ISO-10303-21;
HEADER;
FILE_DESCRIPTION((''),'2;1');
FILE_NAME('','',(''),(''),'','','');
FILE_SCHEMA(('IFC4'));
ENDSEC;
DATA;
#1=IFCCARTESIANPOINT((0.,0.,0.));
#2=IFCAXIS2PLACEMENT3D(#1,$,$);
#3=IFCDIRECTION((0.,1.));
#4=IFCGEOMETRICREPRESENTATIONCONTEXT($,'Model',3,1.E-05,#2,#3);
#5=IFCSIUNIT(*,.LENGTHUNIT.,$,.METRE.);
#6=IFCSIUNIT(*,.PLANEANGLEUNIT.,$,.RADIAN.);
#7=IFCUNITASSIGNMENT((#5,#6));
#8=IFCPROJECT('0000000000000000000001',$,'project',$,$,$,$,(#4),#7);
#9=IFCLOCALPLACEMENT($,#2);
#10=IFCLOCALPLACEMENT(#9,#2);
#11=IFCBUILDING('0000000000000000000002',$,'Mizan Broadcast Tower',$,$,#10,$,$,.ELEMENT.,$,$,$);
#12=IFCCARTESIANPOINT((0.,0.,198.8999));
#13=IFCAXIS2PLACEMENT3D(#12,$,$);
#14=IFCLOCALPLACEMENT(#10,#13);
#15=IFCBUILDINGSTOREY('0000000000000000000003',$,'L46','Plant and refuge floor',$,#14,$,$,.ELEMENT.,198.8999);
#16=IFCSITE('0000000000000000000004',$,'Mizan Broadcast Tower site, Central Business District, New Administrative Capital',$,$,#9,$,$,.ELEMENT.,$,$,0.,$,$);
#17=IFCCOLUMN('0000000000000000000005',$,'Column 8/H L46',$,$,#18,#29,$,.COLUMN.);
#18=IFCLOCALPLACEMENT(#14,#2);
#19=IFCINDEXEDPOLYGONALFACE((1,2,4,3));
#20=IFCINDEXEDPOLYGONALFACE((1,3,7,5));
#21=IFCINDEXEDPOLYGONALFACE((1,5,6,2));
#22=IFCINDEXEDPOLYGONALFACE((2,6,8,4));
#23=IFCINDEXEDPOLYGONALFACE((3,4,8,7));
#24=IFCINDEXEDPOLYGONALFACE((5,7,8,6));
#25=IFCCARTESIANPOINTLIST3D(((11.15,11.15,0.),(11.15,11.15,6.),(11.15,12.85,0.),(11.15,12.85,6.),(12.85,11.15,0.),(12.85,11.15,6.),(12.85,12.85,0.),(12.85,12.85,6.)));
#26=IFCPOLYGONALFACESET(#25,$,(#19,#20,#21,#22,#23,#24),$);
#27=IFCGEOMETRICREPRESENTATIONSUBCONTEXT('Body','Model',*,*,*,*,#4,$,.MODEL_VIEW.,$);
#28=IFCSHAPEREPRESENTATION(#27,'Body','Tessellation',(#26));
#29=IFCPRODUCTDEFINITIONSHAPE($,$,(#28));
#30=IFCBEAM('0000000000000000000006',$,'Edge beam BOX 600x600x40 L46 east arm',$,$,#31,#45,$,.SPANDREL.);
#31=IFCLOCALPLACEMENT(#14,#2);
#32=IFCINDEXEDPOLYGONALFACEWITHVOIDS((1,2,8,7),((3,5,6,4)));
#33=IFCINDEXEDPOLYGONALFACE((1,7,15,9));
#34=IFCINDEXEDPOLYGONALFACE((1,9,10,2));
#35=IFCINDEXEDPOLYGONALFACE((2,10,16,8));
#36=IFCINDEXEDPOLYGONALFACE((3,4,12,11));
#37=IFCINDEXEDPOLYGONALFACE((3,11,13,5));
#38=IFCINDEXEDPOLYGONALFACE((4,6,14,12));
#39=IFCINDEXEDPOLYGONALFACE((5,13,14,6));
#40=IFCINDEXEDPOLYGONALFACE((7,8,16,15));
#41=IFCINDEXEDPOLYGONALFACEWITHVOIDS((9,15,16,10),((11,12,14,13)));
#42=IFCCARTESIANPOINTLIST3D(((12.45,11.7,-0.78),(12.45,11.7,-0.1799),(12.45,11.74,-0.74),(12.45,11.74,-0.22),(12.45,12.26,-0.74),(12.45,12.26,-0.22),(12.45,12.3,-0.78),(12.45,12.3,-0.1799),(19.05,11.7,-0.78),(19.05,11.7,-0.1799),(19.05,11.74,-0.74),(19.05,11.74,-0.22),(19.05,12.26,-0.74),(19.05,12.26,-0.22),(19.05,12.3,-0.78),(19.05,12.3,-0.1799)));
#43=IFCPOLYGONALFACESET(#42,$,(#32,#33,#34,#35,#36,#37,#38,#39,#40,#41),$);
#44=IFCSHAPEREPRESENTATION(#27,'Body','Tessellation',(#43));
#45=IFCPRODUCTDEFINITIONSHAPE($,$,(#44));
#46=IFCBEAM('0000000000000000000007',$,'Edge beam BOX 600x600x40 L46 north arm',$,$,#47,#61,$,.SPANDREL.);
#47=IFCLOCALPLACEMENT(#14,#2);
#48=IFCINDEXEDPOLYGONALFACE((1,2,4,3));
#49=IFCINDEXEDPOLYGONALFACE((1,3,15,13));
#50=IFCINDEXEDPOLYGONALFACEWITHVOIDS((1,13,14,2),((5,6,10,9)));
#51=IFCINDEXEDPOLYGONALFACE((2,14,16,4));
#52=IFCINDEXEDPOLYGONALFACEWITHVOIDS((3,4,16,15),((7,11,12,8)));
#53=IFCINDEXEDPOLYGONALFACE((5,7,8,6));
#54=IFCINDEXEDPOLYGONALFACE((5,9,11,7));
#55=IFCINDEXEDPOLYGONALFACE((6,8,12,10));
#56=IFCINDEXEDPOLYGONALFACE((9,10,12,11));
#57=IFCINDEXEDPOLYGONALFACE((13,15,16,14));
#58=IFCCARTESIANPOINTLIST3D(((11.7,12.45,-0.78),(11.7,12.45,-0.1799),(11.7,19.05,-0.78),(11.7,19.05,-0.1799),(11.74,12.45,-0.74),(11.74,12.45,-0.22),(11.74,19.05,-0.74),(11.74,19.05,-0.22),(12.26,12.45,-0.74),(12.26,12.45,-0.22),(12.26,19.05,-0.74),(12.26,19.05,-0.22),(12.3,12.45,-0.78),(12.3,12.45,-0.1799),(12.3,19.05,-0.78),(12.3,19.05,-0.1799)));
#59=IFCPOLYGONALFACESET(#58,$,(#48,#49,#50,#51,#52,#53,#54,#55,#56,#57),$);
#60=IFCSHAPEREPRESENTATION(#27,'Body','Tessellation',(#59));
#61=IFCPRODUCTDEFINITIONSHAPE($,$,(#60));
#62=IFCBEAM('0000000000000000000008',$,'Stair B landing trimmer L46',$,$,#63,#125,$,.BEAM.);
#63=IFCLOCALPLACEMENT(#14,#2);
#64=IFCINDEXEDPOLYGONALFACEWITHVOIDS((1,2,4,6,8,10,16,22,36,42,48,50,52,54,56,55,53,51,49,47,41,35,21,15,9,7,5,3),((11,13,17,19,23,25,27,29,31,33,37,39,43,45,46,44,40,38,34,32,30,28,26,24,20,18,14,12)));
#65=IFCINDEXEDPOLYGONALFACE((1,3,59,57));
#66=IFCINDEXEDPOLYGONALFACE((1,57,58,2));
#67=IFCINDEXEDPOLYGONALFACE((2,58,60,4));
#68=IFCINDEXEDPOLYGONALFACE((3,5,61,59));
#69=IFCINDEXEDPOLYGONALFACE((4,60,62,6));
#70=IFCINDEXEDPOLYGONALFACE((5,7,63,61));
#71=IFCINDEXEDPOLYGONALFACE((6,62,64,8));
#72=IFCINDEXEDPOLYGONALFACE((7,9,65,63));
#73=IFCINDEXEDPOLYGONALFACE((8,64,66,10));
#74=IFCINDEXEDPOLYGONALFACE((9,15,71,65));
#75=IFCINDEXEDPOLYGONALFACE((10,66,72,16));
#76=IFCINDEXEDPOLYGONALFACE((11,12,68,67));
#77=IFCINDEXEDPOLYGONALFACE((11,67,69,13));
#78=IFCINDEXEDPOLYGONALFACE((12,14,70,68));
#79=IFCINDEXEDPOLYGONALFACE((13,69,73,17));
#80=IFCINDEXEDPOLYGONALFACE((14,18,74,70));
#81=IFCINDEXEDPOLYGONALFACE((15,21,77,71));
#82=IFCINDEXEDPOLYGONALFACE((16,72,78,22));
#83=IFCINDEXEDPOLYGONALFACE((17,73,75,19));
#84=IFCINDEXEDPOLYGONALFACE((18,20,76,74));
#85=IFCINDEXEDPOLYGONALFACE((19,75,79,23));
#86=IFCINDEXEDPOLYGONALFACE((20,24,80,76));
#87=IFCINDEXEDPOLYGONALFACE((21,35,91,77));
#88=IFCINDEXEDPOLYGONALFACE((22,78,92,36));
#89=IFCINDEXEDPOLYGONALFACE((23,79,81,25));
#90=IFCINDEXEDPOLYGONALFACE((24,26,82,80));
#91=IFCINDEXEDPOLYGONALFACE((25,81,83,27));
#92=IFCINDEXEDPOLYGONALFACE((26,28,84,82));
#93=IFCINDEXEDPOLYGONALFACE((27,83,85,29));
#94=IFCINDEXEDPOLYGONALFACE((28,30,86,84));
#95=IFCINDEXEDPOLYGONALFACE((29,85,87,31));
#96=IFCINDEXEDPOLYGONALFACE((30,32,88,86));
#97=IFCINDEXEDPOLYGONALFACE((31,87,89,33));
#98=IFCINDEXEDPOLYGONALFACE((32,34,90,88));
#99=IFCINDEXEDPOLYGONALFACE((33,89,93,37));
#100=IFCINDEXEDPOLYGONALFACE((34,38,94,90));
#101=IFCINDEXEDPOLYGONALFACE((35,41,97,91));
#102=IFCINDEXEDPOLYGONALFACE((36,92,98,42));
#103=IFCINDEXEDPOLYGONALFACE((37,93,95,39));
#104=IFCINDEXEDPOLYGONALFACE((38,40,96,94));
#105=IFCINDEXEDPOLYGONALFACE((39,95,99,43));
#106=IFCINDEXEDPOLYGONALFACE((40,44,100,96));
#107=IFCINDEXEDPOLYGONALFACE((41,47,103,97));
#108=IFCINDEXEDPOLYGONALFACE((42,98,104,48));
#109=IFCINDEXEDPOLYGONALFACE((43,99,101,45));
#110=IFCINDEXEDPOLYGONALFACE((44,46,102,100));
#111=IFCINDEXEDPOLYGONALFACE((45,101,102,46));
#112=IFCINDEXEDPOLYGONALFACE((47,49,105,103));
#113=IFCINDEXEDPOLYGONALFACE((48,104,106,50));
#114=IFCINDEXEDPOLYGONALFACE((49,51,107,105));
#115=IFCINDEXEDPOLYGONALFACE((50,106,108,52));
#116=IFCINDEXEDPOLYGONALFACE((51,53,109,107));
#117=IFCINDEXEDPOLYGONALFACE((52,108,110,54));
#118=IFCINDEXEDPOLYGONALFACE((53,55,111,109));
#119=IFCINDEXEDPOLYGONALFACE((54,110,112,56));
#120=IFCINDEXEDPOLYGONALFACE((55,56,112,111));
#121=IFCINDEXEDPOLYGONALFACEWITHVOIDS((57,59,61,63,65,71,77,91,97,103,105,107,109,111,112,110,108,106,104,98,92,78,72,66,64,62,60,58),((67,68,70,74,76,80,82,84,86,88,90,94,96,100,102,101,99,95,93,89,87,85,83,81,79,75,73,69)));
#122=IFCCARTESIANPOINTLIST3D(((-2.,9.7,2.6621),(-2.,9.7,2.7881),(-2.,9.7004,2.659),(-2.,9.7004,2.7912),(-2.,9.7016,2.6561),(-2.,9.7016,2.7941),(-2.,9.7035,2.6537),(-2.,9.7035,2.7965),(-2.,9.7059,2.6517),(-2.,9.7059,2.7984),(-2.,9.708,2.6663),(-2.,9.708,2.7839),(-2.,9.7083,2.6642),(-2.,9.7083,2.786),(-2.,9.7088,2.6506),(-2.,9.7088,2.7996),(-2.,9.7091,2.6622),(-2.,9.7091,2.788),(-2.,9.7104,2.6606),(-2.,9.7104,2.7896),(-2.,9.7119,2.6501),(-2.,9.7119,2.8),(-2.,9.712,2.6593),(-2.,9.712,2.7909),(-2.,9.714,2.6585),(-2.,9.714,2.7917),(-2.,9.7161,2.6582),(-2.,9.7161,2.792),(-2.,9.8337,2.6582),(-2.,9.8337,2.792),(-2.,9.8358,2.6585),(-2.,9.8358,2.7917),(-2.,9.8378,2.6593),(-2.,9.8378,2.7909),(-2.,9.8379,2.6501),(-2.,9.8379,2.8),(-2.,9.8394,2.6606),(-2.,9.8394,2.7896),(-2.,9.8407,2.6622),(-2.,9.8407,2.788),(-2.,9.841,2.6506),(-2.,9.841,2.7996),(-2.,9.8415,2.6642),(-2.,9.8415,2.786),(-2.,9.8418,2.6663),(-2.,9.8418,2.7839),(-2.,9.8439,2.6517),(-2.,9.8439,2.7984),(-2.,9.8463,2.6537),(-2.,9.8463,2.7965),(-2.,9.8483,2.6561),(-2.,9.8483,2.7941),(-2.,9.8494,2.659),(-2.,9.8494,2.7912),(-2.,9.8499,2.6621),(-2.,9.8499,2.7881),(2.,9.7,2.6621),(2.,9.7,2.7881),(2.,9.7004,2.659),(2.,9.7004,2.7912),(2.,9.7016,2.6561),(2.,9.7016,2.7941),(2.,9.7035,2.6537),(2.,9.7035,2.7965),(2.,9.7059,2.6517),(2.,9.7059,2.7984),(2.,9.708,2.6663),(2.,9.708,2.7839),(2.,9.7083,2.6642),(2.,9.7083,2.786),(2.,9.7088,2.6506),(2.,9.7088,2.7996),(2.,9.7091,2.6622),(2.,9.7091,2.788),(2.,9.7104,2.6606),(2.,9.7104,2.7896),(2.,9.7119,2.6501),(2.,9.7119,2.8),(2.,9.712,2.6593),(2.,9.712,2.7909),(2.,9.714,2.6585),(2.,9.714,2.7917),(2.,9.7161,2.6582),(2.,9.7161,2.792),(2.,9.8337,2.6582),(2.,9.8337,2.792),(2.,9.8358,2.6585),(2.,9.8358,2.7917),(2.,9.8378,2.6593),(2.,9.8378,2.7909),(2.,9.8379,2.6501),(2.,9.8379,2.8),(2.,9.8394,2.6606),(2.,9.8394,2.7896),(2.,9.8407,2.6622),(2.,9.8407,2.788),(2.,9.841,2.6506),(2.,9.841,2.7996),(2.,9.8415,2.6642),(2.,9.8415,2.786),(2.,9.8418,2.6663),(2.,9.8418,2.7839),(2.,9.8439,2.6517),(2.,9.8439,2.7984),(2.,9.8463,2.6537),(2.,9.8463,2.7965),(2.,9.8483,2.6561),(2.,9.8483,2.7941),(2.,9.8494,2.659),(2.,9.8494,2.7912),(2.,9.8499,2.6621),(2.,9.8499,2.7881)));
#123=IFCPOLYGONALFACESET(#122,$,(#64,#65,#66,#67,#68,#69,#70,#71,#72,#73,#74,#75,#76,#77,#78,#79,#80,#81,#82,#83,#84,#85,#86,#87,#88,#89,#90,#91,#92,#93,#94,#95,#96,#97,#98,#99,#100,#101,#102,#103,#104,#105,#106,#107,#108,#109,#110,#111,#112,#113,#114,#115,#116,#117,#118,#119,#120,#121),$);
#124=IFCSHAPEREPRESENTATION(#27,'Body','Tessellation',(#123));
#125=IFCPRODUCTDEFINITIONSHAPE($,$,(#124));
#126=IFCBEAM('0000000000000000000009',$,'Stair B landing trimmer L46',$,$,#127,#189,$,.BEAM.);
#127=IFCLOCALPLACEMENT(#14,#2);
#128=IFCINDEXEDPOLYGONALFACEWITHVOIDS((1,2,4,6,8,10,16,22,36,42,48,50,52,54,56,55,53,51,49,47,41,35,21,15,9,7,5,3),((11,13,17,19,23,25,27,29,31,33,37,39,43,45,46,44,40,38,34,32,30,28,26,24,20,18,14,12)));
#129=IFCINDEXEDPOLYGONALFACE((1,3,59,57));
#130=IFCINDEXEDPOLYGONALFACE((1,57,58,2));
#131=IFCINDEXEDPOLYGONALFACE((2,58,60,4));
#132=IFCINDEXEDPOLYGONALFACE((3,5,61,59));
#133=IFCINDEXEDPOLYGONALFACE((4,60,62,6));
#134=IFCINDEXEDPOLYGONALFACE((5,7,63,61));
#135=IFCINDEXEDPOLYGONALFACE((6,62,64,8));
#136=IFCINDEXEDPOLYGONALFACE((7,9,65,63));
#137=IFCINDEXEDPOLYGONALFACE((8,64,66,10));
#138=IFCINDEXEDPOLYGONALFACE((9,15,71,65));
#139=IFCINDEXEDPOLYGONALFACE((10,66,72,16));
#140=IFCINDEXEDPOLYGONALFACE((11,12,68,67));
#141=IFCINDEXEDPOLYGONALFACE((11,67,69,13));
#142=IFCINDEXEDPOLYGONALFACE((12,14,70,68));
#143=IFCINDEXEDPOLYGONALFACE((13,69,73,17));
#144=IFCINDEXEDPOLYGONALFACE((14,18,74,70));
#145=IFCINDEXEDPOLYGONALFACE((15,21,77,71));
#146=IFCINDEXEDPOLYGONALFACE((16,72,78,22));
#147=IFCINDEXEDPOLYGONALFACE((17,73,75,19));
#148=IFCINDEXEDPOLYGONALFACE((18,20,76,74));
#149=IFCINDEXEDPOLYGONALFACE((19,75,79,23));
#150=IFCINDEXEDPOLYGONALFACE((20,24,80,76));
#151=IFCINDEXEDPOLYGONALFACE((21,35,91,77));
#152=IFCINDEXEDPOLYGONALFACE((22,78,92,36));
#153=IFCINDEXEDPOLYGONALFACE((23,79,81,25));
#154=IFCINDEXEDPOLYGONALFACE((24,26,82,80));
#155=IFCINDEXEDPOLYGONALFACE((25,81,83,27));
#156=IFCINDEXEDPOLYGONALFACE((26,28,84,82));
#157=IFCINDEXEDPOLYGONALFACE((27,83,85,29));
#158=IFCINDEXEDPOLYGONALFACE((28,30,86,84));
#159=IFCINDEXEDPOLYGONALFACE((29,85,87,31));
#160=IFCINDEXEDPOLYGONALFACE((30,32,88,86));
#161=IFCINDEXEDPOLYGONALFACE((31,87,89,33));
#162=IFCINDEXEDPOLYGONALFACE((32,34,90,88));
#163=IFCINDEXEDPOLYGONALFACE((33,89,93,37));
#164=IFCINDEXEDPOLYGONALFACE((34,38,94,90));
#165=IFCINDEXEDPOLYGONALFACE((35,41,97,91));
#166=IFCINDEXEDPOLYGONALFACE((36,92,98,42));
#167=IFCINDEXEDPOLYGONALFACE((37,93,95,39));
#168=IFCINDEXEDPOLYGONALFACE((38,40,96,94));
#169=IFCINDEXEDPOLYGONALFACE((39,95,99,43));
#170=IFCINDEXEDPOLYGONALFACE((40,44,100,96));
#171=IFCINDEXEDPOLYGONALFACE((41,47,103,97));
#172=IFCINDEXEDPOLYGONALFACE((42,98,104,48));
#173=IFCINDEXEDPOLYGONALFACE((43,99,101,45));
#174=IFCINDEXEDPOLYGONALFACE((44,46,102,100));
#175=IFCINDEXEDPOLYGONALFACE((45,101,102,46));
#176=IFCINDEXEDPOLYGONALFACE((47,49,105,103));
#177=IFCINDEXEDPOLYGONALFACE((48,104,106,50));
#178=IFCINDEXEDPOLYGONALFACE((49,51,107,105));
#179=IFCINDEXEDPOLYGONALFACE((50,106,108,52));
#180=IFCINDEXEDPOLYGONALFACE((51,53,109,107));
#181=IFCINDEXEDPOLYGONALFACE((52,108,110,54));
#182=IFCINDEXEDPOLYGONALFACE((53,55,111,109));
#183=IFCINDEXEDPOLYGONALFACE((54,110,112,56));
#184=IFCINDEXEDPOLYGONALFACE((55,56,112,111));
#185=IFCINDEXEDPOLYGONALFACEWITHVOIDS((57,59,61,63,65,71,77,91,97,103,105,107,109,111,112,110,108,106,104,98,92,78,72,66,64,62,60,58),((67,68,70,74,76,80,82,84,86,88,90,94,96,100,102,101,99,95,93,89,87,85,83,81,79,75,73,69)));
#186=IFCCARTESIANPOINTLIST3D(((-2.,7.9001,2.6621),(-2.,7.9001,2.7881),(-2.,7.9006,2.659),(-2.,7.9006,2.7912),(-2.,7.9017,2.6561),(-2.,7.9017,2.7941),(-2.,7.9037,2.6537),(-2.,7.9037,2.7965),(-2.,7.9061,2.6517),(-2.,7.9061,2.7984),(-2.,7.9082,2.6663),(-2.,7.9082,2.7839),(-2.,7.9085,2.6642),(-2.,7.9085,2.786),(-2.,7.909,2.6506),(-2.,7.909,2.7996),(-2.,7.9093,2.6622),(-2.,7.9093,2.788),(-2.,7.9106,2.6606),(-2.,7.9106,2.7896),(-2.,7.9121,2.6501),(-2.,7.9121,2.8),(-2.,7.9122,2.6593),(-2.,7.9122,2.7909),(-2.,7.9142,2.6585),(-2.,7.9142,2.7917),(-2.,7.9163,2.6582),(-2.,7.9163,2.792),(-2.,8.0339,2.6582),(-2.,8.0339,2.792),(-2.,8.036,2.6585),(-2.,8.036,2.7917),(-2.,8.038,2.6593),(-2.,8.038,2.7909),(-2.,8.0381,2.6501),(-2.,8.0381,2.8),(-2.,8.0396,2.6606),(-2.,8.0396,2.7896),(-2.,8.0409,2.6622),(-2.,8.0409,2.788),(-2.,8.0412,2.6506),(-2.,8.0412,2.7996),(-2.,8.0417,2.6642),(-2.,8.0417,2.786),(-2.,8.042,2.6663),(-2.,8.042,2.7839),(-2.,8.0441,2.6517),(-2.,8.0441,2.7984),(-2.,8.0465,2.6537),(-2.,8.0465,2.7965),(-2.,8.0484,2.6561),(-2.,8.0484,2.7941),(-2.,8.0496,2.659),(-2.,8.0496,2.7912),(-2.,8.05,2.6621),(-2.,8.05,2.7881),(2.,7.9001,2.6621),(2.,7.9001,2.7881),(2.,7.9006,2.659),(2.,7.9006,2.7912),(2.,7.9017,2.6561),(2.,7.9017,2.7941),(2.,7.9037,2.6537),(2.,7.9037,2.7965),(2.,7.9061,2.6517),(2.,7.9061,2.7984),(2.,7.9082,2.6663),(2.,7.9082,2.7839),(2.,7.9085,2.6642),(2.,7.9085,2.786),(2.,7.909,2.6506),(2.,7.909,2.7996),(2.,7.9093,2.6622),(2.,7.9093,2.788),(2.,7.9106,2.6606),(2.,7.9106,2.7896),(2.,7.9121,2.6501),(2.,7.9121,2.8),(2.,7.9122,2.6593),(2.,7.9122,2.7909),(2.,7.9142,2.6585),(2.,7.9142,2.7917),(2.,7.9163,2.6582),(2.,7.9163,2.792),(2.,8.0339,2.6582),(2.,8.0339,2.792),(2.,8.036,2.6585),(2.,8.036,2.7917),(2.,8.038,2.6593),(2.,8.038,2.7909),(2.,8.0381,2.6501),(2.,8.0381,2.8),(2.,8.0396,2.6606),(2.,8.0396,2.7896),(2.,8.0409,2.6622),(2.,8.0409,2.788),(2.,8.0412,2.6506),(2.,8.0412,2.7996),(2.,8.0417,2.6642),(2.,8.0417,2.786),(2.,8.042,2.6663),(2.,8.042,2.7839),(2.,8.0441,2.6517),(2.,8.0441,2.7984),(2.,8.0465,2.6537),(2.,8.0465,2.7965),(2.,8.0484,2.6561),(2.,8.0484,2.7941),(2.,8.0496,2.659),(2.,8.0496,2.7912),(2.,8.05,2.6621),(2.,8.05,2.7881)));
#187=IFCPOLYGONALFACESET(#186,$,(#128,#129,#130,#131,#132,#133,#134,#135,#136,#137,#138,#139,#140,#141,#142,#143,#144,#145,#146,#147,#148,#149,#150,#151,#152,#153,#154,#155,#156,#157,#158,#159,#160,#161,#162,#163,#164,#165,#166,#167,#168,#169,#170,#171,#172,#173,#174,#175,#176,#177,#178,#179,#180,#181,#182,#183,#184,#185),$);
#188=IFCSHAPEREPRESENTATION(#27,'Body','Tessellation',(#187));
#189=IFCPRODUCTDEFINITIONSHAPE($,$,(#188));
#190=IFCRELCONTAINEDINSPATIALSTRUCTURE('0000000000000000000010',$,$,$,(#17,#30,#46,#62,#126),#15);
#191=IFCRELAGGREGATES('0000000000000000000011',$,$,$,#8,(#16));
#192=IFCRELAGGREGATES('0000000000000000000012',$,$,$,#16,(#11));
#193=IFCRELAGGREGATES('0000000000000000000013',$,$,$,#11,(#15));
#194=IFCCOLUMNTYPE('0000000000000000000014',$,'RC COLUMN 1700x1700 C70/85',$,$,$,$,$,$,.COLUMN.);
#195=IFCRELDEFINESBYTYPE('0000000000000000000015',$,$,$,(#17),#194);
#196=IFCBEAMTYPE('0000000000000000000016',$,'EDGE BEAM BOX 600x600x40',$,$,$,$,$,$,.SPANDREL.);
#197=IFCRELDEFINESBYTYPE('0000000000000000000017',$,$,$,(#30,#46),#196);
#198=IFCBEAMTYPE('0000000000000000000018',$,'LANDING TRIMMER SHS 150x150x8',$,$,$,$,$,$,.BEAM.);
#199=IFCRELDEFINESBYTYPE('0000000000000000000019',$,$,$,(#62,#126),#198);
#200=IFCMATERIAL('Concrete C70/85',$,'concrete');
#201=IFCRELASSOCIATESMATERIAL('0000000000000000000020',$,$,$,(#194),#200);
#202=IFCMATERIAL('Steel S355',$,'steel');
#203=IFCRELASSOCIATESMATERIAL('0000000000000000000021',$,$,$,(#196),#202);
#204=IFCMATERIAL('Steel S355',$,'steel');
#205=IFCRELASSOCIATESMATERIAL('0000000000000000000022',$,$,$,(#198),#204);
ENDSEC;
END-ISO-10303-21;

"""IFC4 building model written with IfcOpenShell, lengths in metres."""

from ifc_helpers import new_model, si_unit, direction, frame, origin, origin_2d, place, context, subcontext, project, spatial, rectangle, hollow_rectangle, extrude, material, material_profile, profile_set, type_object, element, save


model = new_model("IFC4")

# Units and contexts
model_context = context("Model", 3, precision=1e-05, world=origin(), true_north=direction((0.0, 1.0)))
body_context = subcontext(model_context, "Body", "Model", "MODEL_VIEW")
ifc_project = project(units=[si_unit("LENGTHUNIT", "METRE"), si_unit("PLANEANGLEUNIT", "RADIAN")], contexts=[model_context])

# Site, building, storey
site_placement = place(None, origin())
site = spatial("IfcSite", under=ifc_project, at=site_placement, Name="Mizan Broadcast Tower site, Central Business District, New Administrative Capital", CompositionType="ELEMENT", RefElevation=0.0)
building_placement = place(site_placement, origin())
building = spatial("IfcBuilding", under=site, at=building_placement, Name="Mizan Broadcast Tower", CompositionType="ELEMENT")
storey_placement = place(building_placement, frame((0.0, 0.0, 198.8999)))
storey = spatial("IfcBuildingStorey", under=building, at=storey_placement, Name="L46", Description="Plant and refuge floor", CompositionType="ELEMENT", Elevation=198.8999)

# Column
ifc_material_1 = material(Name="Concrete C70/85", Category="concrete")
ifc_material_profile_1 = material_profile(ifc_material_1, rectangle(XDim=1.7, YDim=1.7, at=origin_2d()), Name="RC 1700x1700")
ifc_profile_set_1 = profile_set([ifc_material_profile_1], Name="Concrete C70/85")
column_type = type_object("IfcColumnType", Name="RC COLUMN 1700x1700 C70/85", PredefinedType="COLUMN", material=ifc_profile_set_1)
column_placement = place(storey_placement, frame((12.0, 12.0, 0.0), z_axis=(0.0, 0.0, 1.0), x_axis=(1.0, 0.0, 0.0)))
element("IfcColumn", 1, at=column_placement, inside=storey, type_object=column_type, Name="Column 8/H L46", PredefinedType="COLUMN", context=body_context, shape_type="SweptSolid", body=[
    extrude(rectangle(XDim=1.7, YDim=1.7, at=origin_2d()), origin(), (0.0, 0.0, 1.0), 6.0),
])

# Beams
ifc_material_2 = material(Name="Steel S355", Category="steel")
ifc_material_profile_2 = material_profile(ifc_material_2, hollow_rectangle(XDim=0.6001, YDim=0.6001, WallThickness=0.04, at=origin_2d()), Name="BOX 600x600x40")
ifc_profile_set_2 = profile_set([ifc_material_profile_2], Name="Steel S355")
beam_type_1 = type_object("IfcBeamType", Name="EDGE BEAM BOX 600x600x40", PredefinedType="SPANDREL", material=ifc_profile_set_2)
for number, where, z_axis, x_axis, name in (
    (2, (12.45, 12.0, -0.48), (1.0, 0.0, 0.0), (0.0, 1.0, 0.0), "Edge beam BOX 600x600x40 L46 east arm"),
    (3, (12.0, 12.45, -0.48), (0.0, 1.0, 0.0), (-1.0, 0.0, 0.0), "Edge beam BOX 600x600x40 L46 north arm"),
):
    element("IfcBeam", number, at=place(storey_placement, frame(where, z_axis=z_axis, x_axis=x_axis)), inside=storey, type_object=beam_type_1, Name=name, PredefinedType="SPANDREL", context=body_context, shape_type="SweptSolid", body=[
        extrude(hollow_rectangle(XDim=0.6001, YDim=0.6001, WallThickness=0.04, at=origin_2d()), origin(), (0.0, 0.0, 1.0), 6.6001),
    ])
ifc_material_3 = material(Name="Steel S355", Category="steel")
ifc_material_profile_3 = material_profile(ifc_material_3, hollow_rectangle(XDim=0.1499, YDim=0.1499, WallThickness=0.0081, InnerFilletRadius=0.0081, OuterFilletRadius=0.012, at=origin_2d()), Name="SHS 150x150x8")
ifc_profile_set_3 = profile_set([ifc_material_profile_3], Name="Steel S355")
beam_type_2 = type_object("IfcBeamType", Name="LANDING TRIMMER SHS 150x150x8", PredefinedType="BEAM", material=ifc_profile_set_3)
for number, where, z_axis, x_axis, name in (
    (4, (2.0, 9.7749, 2.7251), (-1.0, 0.0, 0.0), (0.0, -1.0, 0.0), "Stair B landing trimmer L46"),
    (5, (2.0, 7.9751, 2.7251), (-1.0, 0.0, 0.0), (0.0, -1.0, 0.0), "Stair B landing trimmer L46"),
):
    element("IfcBeam", number, at=place(storey_placement, frame(where, z_axis=z_axis, x_axis=x_axis)), inside=storey, type_object=beam_type_2, Name=name, PredefinedType="BEAM", context=body_context, shape_type="SweptSolid", body=[
        extrude(hollow_rectangle(XDim=0.1499, YDim=0.1499, WallThickness=0.0081, InnerFilletRadius=0.0081, OuterFilletRadius=0.012, at=origin_2d()), origin(), (0.0, 0.0, 1.0), 4.0),
    ])

save(model, "model.ifc")
